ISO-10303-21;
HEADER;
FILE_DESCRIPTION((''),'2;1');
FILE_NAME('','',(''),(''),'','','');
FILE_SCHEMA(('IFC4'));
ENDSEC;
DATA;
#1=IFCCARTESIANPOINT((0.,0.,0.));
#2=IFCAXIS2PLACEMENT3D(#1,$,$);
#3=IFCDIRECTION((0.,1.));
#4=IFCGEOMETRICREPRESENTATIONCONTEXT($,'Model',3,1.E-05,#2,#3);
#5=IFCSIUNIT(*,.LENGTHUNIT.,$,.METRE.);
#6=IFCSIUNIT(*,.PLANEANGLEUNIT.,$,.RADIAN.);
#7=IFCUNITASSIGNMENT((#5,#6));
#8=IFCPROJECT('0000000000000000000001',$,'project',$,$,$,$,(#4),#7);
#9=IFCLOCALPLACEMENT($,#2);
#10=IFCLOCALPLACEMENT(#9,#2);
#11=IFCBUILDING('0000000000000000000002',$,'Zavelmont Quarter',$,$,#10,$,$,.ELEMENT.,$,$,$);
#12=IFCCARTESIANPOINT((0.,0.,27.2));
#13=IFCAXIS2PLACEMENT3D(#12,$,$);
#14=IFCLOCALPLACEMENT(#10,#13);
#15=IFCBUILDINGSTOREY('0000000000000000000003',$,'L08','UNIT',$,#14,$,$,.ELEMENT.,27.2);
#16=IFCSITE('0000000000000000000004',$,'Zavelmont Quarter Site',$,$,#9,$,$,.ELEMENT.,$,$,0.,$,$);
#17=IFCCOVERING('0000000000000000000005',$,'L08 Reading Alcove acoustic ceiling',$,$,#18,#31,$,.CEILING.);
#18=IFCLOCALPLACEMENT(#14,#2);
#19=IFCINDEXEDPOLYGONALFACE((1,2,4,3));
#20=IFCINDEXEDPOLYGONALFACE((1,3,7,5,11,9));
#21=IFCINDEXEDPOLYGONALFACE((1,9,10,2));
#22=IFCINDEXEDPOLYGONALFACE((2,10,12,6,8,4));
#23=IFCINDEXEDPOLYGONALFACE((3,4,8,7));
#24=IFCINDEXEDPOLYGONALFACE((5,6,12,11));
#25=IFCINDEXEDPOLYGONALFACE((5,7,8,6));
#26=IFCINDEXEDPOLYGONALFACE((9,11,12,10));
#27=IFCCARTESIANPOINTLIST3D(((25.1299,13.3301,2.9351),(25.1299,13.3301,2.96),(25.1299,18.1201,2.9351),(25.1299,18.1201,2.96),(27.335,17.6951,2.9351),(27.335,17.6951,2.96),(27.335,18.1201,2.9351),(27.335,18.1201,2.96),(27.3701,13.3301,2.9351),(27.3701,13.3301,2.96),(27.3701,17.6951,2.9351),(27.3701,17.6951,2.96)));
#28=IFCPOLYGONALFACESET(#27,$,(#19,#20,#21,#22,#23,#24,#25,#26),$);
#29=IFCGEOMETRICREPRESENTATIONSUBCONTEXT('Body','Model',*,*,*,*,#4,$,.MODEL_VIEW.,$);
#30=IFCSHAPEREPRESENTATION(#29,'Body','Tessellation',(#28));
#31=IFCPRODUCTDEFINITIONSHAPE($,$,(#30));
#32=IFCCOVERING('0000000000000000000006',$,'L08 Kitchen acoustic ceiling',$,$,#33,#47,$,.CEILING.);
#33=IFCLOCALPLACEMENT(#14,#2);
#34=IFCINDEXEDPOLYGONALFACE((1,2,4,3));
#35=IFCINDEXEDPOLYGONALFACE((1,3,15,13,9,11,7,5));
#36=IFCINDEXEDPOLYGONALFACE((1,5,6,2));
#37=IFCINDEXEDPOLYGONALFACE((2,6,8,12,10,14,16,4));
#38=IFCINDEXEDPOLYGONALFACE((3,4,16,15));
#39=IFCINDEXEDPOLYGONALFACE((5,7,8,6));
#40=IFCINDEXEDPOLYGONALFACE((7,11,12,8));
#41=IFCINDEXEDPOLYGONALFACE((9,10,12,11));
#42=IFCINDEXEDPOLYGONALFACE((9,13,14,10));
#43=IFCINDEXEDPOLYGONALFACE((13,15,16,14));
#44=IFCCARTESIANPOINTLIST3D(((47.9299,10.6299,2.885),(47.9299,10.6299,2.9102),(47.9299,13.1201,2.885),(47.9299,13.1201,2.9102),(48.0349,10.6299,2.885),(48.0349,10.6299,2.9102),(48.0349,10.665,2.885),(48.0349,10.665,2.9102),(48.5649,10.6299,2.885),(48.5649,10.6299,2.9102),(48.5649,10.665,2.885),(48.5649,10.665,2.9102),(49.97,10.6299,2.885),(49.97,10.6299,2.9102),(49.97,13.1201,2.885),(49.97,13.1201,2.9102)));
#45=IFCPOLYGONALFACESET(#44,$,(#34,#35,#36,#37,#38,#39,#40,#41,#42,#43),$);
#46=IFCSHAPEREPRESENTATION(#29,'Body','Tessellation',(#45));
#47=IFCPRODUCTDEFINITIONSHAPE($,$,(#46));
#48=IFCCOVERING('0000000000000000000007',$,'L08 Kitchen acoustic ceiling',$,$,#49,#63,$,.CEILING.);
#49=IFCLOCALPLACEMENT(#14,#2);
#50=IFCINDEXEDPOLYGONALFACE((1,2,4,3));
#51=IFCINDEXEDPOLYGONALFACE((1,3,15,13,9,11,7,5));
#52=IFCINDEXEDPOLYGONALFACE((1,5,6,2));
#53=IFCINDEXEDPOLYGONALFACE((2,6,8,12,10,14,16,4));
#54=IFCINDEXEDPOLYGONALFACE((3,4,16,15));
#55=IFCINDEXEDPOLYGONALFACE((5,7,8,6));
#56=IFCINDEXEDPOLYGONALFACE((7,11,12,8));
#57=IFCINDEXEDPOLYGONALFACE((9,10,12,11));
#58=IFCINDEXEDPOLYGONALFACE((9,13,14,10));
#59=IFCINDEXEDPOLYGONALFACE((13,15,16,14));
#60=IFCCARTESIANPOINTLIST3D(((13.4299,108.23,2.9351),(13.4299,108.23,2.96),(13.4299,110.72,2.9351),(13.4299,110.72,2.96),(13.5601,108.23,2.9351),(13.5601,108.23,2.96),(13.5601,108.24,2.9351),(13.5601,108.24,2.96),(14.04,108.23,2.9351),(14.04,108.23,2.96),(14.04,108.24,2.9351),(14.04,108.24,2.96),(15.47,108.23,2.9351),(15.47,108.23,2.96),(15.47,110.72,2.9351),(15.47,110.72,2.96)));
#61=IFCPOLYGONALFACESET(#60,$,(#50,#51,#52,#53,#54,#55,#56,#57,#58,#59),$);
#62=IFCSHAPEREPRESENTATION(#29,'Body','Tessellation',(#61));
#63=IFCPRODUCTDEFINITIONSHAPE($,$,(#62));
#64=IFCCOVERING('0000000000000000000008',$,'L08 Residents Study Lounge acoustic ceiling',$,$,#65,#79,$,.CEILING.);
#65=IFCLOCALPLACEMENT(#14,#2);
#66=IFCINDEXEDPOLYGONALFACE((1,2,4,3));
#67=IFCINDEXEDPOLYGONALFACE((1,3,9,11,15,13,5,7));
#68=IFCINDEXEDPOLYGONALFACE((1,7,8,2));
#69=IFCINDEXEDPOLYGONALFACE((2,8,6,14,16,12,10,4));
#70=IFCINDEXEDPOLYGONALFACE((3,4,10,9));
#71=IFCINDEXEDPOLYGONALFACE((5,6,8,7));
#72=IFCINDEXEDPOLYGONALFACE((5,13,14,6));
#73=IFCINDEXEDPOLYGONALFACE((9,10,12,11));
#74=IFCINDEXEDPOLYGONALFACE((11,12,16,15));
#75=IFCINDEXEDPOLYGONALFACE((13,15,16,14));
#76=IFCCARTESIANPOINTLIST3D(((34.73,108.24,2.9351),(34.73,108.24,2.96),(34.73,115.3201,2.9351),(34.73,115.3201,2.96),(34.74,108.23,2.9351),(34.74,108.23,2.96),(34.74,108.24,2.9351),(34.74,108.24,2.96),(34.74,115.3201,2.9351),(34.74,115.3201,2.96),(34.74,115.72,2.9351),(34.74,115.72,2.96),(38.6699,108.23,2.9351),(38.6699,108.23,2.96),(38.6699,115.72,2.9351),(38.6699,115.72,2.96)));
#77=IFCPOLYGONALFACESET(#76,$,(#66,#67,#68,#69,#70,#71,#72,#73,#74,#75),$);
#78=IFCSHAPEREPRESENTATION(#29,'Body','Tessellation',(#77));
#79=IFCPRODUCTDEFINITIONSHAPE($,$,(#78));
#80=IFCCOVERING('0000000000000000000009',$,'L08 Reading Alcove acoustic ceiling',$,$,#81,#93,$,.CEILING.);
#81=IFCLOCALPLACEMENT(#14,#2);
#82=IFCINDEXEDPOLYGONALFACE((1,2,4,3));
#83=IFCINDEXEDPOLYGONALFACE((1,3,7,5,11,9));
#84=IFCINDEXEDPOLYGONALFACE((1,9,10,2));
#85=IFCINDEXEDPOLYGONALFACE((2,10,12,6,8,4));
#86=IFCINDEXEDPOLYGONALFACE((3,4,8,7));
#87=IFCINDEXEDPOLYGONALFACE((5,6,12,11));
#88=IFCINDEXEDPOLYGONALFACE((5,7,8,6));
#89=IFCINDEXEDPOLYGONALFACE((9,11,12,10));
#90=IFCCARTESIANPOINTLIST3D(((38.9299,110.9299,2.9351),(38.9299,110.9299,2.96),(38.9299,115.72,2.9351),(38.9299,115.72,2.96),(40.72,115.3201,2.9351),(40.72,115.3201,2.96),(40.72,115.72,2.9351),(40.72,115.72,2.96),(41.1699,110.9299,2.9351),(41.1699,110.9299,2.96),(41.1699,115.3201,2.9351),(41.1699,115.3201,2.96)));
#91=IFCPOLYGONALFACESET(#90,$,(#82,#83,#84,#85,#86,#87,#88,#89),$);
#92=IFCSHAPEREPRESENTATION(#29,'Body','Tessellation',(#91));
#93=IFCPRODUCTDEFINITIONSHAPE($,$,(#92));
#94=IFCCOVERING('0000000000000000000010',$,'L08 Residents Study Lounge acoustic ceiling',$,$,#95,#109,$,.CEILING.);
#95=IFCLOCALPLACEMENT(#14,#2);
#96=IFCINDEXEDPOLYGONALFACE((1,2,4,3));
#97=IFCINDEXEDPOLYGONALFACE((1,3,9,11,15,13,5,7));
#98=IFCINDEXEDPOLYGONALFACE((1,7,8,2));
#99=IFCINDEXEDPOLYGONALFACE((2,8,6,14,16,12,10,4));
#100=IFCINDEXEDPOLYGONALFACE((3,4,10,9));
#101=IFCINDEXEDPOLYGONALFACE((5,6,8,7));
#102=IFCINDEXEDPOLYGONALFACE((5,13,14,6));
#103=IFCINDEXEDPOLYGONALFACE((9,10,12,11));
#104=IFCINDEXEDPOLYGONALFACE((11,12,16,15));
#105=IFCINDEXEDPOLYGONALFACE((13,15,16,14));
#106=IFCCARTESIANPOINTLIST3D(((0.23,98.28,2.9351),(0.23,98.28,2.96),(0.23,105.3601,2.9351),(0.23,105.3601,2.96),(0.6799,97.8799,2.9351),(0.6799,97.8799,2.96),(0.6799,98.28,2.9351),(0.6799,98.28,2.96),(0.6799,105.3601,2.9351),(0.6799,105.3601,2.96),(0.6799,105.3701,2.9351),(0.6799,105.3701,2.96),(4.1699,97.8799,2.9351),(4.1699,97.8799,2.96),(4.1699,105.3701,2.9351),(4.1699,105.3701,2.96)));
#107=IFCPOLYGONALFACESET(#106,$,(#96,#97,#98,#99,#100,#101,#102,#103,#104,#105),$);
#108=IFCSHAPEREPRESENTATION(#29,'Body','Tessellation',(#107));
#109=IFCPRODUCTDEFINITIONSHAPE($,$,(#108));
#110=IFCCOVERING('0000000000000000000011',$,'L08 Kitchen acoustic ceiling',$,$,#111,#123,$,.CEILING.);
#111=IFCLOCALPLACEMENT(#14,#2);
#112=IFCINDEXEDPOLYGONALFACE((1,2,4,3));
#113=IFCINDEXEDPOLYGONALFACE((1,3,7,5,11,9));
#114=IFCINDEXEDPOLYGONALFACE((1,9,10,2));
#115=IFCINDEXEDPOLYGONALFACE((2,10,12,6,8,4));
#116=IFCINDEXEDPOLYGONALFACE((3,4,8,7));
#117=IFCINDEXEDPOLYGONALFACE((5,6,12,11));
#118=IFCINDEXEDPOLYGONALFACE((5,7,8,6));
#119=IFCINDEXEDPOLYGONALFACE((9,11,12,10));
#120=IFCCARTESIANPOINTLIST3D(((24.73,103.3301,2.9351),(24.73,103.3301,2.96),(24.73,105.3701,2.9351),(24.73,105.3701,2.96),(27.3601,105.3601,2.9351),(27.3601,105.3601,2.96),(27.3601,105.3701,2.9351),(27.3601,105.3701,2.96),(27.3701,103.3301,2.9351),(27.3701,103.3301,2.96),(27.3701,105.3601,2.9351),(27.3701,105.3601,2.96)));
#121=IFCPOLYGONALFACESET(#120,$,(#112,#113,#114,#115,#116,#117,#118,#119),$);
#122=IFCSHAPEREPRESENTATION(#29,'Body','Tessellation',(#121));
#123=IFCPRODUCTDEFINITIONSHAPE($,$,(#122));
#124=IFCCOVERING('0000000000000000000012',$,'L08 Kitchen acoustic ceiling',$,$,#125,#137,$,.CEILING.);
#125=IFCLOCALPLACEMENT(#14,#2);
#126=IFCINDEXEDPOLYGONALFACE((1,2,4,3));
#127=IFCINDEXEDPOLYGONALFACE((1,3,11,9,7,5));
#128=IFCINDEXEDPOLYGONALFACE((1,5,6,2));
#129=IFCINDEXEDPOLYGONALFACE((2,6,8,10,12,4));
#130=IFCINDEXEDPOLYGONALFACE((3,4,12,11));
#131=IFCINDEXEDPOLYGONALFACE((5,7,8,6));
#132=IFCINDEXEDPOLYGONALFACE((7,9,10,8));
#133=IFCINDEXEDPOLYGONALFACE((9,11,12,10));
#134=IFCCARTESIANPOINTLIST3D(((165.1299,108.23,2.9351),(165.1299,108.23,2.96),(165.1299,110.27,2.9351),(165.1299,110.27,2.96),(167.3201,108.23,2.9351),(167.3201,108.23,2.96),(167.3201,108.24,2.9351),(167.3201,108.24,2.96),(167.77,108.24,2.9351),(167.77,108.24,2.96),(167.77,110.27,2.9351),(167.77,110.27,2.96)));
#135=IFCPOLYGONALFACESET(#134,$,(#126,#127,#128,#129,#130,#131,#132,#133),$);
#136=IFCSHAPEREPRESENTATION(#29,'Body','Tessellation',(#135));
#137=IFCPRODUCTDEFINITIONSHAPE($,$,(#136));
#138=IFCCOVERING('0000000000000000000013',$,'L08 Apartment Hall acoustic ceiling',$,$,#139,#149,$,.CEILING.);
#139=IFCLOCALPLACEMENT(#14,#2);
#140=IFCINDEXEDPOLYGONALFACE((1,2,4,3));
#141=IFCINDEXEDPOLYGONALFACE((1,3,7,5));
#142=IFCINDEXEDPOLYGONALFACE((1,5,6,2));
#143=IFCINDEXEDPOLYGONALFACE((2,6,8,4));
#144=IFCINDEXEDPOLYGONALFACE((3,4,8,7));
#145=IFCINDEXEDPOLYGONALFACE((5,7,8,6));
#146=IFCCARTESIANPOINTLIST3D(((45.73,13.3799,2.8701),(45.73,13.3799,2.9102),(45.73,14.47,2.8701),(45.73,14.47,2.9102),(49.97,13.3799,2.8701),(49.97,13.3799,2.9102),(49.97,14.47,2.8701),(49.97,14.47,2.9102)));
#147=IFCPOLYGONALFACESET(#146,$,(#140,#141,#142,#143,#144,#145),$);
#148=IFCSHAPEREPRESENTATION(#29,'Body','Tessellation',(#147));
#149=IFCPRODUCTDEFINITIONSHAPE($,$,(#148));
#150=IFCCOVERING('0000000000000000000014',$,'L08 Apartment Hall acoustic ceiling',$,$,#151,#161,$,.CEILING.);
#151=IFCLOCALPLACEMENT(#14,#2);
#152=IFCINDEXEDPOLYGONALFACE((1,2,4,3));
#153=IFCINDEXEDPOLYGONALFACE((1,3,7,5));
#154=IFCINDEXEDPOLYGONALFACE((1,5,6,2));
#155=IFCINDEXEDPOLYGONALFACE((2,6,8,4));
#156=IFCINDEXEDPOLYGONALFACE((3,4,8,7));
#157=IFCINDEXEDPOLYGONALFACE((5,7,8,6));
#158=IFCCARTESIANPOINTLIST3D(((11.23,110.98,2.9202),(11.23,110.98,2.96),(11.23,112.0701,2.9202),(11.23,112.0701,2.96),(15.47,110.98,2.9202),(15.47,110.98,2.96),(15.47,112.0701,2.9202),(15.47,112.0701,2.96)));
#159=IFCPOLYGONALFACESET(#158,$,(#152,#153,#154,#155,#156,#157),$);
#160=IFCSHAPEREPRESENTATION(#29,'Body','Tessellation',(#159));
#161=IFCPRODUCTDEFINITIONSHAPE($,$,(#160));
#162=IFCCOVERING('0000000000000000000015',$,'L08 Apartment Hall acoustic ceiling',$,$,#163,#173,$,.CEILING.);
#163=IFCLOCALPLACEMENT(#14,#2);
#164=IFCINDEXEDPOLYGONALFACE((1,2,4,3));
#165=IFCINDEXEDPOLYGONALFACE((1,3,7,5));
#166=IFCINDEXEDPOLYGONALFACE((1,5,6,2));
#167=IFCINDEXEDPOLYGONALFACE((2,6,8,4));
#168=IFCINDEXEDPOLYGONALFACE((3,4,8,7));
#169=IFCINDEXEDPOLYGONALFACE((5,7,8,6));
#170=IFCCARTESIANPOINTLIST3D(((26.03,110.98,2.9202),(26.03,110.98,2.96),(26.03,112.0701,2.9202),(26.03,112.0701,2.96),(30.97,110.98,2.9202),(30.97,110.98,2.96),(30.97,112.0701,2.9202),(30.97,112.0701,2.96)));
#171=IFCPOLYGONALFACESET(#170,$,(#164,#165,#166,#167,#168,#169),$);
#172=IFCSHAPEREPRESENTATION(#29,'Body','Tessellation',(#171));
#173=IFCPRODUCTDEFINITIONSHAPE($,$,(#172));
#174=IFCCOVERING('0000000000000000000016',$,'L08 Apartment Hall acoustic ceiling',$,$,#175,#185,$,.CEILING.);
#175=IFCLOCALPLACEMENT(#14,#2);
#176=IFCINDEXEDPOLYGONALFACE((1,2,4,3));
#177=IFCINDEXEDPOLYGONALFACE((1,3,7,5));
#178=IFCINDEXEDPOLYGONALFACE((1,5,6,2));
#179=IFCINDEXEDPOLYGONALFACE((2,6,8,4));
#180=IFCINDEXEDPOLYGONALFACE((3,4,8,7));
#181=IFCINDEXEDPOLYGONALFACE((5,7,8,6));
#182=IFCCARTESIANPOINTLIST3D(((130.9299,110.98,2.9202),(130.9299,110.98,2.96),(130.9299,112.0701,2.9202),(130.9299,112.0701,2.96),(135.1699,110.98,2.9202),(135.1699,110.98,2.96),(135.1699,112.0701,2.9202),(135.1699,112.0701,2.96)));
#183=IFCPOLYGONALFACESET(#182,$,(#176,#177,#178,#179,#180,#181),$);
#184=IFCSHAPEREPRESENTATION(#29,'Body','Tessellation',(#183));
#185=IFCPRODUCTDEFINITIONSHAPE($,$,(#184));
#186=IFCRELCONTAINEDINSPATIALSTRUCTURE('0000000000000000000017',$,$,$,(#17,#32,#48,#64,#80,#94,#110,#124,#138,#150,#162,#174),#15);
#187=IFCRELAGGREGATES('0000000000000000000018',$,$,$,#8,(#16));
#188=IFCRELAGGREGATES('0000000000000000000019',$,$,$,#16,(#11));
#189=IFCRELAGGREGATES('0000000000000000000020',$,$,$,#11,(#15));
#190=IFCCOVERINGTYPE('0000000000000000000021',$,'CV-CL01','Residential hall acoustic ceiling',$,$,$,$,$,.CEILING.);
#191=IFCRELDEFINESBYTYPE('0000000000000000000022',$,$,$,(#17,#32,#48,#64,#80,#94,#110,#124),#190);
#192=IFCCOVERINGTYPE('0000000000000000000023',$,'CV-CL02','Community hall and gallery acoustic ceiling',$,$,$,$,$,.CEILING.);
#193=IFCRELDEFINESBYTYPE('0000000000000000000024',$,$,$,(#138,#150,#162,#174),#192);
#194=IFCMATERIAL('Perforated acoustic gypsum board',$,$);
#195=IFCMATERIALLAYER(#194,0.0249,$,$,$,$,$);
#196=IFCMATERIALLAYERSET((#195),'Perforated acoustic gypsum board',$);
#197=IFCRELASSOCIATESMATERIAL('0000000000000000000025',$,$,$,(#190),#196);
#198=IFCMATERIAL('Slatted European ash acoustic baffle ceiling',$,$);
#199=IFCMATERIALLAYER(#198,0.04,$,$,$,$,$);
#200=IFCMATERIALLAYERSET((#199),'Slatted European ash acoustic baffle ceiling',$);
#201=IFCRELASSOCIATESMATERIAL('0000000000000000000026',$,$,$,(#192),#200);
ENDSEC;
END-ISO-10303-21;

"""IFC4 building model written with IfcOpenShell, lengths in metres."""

from ifc_helpers import new_model, si_unit, direction, frame, origin, place, context, subcontext, project, spatial, polyline, outline, extrude, material, layer, layer_set, type_object, element, save


model = new_model("IFC4")

# Units and contexts
model_context = context("Model", 3, precision=1e-05, world=origin(), true_north=direction((0.0, 1.0)))
body_context = subcontext(model_context, "Body", "Model", "MODEL_VIEW")
ifc_project = project(units=[si_unit("LENGTHUNIT", "METRE"), si_unit("PLANEANGLEUNIT", "RADIAN")], contexts=[model_context])

# Site, building, storey
site_placement = place(None, origin())
site = spatial("IfcSite", under=ifc_project, at=site_placement, Name="Zavelmont Quarter Site", CompositionType="ELEMENT", RefElevation=0.0)
building_placement = place(site_placement, origin())
building = spatial("IfcBuilding", under=site, at=building_placement, Name="Zavelmont Quarter", CompositionType="ELEMENT")
storey_placement = place(building_placement, frame((0.0, 0.0, 27.2)))
storey = spatial("IfcBuildingStorey", under=building, at=storey_placement, Name="L08", Description="UNIT", CompositionType="ELEMENT", Elevation=27.2)

# Coverings
ifc_material_1 = material(Name="Perforated acoustic gypsum board")
ifc_layer_1 = layer(ifc_material_1, 0.0249)
ifc_layer_set_1 = layer_set([ifc_layer_1], Name="Perforated acoustic gypsum board")
covering_type_1 = type_object("IfcCoveringType", Name="CV-CL01", Description="Residential hall acoustic ceiling", PredefinedType="CEILING", material=ifc_layer_set_1)
covering_1_placement = place(storey_placement, frame((0.0, 0.0, 2.9351)))
element("IfcCovering", 1, at=covering_1_placement, inside=storey, type_object=covering_type_1, Name="L08 Reading Alcove acoustic ceiling", PredefinedType="CEILING", context=body_context, shape_type="SweptSolid", body=[
    extrude(outline(polyline([(25.1299, 18.1201), (27.335, 18.1201), (27.335, 17.6951), (27.3701, 17.6951), (27.3701, 13.3301), (25.1299, 13.3301), (25.1299, 18.1201)])), origin(), (0.0, 0.0, 1.0), 0.0249),
])
covering_2_placement = place(storey_placement, frame((0.0, 0.0, 2.885)))
element("IfcCovering", 2, at=covering_2_placement, inside=storey, type_object=covering_type_1, Name="L08 Kitchen acoustic ceiling", PredefinedType="CEILING", context=body_context, shape_type="SweptSolid", body=[
    extrude(outline(polyline([(47.9299, 13.1201), (49.97, 13.1201), (49.97, 10.6299), (48.5649, 10.6299), (48.5649, 10.665), (48.0349, 10.665), (48.0349, 10.6299), (47.9299, 10.6299), (47.9299, 13.1201)])), origin(), (0.0, 0.0, 1.0), 0.0251),
])
covering_3_placement = place(storey_placement, frame((0.0, 0.0, 2.9351)))
element("IfcCovering", 3, at=covering_3_placement, inside=storey, type_object=covering_type_1, Name="L08 Kitchen acoustic ceiling", PredefinedType="CEILING", context=body_context, shape_type="SweptSolid", body=[
    extrude(outline(polyline([(13.4299, 110.72), (15.47, 110.72), (15.47, 108.23), (14.04, 108.23), (14.04, 108.24), (13.5601, 108.24), (13.5601, 108.23), (13.4299, 108.23), (13.4299, 110.72)])), origin(), (0.0, 0.0, 1.0), 0.0249),
])
covering_4_placement = place(storey_placement, frame((0.0, 0.0, 2.9351)))
element("IfcCovering", 4, at=covering_4_placement, inside=storey, type_object=covering_type_1, Name="L08 Residents Study Lounge acoustic ceiling", PredefinedType="CEILING", context=body_context, shape_type="SweptSolid", body=[
    extrude(outline(polyline([(34.73, 115.3201), (34.74, 115.3201), (34.74, 115.72), (38.6699, 115.72), (38.6699, 108.23), (34.74, 108.23), (34.74, 108.24), (34.73, 108.24), (34.73, 115.3201)])), origin(), (0.0, 0.0, 1.0), 0.0249),
])
covering_5_placement = place(storey_placement, frame((0.0, 0.0, 2.9351)))
element("IfcCovering", 5, at=covering_5_placement, inside=storey, type_object=covering_type_1, Name="L08 Reading Alcove acoustic ceiling", PredefinedType="CEILING", context=body_context, shape_type="SweptSolid", body=[
    extrude(outline(polyline([(38.9299, 115.72), (40.72, 115.72), (40.72, 115.3201), (41.1699, 115.3201), (41.1699, 110.9299), (38.9299, 110.9299), (38.9299, 115.72)])), origin(), (0.0, 0.0, 1.0), 0.0249),
])
covering_6_placement = place(storey_placement, frame((0.0, 0.0, 2.9351)))
element("IfcCovering", 6, at=covering_6_placement, inside=storey, type_object=covering_type_1, Name="L08 Residents Study Lounge acoustic ceiling", PredefinedType="CEILING", context=body_context, shape_type="SweptSolid", body=[
    extrude(outline(polyline([(0.23, 105.3601), (0.6799, 105.3601), (0.6799, 105.3701), (4.1699, 105.3701), (4.1699, 97.8799), (0.6799, 97.8799), (0.6799, 98.28), (0.23, 98.28), (0.23, 105.3601)])), origin(), (0.0, 0.0, 1.0), 0.0249),
])
covering_7_placement = place(storey_placement, frame((0.0, 0.0, 2.9351)))
element("IfcCovering", 7, at=covering_7_placement, inside=storey, type_object=covering_type_1, Name="L08 Kitchen acoustic ceiling", PredefinedType="CEILING", context=body_context, shape_type="SweptSolid", body=[
    extrude(outline(polyline([(24.73, 105.3701), (27.3601, 105.3701), (27.3601, 105.3601), (27.3701, 105.3601), (27.3701, 103.3301), (24.73, 103.3301), (24.73, 105.3701)])), origin(), (0.0, 0.0, 1.0), 0.0249),
])
covering_8_placement = place(storey_placement, frame((0.0, 0.0, 2.9351)))
element("IfcCovering", 8, at=covering_8_placement, inside=storey, type_object=covering_type_1, Name="L08 Kitchen acoustic ceiling", PredefinedType="CEILING", context=body_context, shape_type="SweptSolid", body=[
    extrude(outline(polyline([(165.1299, 110.27), (167.77, 110.27), (167.77, 108.24), (167.3201, 108.24), (167.3201, 108.23), (165.1299, 108.23), (165.1299, 110.27)])), origin(), (0.0, 0.0, 1.0), 0.0249),
])
ifc_material_2 = material(Name="Slatted European ash acoustic baffle ceiling")
ifc_layer_2 = layer(ifc_material_2, 0.04)
ifc_layer_set_2 = layer_set([ifc_layer_2], Name="Slatted European ash acoustic baffle ceiling")
covering_type_2 = type_object("IfcCoveringType", Name="CV-CL02", Description="Community hall and gallery acoustic ceiling", PredefinedType="CEILING", material=ifc_layer_set_2)
covering_9_placement = place(storey_placement, frame((0.0, 0.0, 2.8701)))
element("IfcCovering", 9, at=covering_9_placement, inside=storey, type_object=covering_type_2, Name="L08 Apartment Hall acoustic ceiling", PredefinedType="CEILING", context=body_context, shape_type="SweptSolid", body=[
    extrude(outline(polyline([(45.73, 14.47), (49.97, 14.47), (49.97, 13.3799), (45.73, 13.3799), (45.73, 14.47)])), origin(), (0.0, 0.0, 1.0), 0.04),
])
covering_10_placement = place(storey_placement, frame((0.0, 0.0, 2.9202)))
element("IfcCovering", 10, at=covering_10_placement, inside=storey, type_object=covering_type_2, Name="L08 Apartment Hall acoustic ceiling", PredefinedType="CEILING", context=body_context, shape_type="SweptSolid", body=[
    extrude(outline(polyline([(11.23, 112.0701), (15.47, 112.0701), (15.47, 110.98), (11.23, 110.98), (11.23, 112.0701)])), origin(), (0.0, 0.0, 1.0), 0.0398),
])
covering_11_placement = place(storey_placement, frame((0.0, 0.0, 2.9202)))
element("IfcCovering", 11, at=covering_11_placement, inside=storey, type_object=covering_type_2, Name="L08 Apartment Hall acoustic ceiling", PredefinedType="CEILING", context=body_context, shape_type="SweptSolid", body=[
    extrude(outline(polyline([(26.03, 112.0701), (30.97, 112.0701), (30.97, 110.98), (26.03, 110.98), (26.03, 112.0701)])), origin(), (0.0, 0.0, 1.0), 0.0398),
])
covering_12_placement = place(storey_placement, frame((0.0, 0.0, 2.9202)))
element("IfcCovering", 12, at=covering_12_placement, inside=storey, type_object=covering_type_2, Name="L08 Apartment Hall acoustic ceiling", PredefinedType="CEILING", context=body_context, shape_type="SweptSolid", body=[
    extrude(outline(polyline([(130.9299, 112.0701), (135.1699, 112.0701), (135.1699, 110.98), (130.9299, 110.98), (130.9299, 112.0701)])), origin(), (0.0, 0.0, 1.0), 0.0398),
])

save(model, "model.ifc")
